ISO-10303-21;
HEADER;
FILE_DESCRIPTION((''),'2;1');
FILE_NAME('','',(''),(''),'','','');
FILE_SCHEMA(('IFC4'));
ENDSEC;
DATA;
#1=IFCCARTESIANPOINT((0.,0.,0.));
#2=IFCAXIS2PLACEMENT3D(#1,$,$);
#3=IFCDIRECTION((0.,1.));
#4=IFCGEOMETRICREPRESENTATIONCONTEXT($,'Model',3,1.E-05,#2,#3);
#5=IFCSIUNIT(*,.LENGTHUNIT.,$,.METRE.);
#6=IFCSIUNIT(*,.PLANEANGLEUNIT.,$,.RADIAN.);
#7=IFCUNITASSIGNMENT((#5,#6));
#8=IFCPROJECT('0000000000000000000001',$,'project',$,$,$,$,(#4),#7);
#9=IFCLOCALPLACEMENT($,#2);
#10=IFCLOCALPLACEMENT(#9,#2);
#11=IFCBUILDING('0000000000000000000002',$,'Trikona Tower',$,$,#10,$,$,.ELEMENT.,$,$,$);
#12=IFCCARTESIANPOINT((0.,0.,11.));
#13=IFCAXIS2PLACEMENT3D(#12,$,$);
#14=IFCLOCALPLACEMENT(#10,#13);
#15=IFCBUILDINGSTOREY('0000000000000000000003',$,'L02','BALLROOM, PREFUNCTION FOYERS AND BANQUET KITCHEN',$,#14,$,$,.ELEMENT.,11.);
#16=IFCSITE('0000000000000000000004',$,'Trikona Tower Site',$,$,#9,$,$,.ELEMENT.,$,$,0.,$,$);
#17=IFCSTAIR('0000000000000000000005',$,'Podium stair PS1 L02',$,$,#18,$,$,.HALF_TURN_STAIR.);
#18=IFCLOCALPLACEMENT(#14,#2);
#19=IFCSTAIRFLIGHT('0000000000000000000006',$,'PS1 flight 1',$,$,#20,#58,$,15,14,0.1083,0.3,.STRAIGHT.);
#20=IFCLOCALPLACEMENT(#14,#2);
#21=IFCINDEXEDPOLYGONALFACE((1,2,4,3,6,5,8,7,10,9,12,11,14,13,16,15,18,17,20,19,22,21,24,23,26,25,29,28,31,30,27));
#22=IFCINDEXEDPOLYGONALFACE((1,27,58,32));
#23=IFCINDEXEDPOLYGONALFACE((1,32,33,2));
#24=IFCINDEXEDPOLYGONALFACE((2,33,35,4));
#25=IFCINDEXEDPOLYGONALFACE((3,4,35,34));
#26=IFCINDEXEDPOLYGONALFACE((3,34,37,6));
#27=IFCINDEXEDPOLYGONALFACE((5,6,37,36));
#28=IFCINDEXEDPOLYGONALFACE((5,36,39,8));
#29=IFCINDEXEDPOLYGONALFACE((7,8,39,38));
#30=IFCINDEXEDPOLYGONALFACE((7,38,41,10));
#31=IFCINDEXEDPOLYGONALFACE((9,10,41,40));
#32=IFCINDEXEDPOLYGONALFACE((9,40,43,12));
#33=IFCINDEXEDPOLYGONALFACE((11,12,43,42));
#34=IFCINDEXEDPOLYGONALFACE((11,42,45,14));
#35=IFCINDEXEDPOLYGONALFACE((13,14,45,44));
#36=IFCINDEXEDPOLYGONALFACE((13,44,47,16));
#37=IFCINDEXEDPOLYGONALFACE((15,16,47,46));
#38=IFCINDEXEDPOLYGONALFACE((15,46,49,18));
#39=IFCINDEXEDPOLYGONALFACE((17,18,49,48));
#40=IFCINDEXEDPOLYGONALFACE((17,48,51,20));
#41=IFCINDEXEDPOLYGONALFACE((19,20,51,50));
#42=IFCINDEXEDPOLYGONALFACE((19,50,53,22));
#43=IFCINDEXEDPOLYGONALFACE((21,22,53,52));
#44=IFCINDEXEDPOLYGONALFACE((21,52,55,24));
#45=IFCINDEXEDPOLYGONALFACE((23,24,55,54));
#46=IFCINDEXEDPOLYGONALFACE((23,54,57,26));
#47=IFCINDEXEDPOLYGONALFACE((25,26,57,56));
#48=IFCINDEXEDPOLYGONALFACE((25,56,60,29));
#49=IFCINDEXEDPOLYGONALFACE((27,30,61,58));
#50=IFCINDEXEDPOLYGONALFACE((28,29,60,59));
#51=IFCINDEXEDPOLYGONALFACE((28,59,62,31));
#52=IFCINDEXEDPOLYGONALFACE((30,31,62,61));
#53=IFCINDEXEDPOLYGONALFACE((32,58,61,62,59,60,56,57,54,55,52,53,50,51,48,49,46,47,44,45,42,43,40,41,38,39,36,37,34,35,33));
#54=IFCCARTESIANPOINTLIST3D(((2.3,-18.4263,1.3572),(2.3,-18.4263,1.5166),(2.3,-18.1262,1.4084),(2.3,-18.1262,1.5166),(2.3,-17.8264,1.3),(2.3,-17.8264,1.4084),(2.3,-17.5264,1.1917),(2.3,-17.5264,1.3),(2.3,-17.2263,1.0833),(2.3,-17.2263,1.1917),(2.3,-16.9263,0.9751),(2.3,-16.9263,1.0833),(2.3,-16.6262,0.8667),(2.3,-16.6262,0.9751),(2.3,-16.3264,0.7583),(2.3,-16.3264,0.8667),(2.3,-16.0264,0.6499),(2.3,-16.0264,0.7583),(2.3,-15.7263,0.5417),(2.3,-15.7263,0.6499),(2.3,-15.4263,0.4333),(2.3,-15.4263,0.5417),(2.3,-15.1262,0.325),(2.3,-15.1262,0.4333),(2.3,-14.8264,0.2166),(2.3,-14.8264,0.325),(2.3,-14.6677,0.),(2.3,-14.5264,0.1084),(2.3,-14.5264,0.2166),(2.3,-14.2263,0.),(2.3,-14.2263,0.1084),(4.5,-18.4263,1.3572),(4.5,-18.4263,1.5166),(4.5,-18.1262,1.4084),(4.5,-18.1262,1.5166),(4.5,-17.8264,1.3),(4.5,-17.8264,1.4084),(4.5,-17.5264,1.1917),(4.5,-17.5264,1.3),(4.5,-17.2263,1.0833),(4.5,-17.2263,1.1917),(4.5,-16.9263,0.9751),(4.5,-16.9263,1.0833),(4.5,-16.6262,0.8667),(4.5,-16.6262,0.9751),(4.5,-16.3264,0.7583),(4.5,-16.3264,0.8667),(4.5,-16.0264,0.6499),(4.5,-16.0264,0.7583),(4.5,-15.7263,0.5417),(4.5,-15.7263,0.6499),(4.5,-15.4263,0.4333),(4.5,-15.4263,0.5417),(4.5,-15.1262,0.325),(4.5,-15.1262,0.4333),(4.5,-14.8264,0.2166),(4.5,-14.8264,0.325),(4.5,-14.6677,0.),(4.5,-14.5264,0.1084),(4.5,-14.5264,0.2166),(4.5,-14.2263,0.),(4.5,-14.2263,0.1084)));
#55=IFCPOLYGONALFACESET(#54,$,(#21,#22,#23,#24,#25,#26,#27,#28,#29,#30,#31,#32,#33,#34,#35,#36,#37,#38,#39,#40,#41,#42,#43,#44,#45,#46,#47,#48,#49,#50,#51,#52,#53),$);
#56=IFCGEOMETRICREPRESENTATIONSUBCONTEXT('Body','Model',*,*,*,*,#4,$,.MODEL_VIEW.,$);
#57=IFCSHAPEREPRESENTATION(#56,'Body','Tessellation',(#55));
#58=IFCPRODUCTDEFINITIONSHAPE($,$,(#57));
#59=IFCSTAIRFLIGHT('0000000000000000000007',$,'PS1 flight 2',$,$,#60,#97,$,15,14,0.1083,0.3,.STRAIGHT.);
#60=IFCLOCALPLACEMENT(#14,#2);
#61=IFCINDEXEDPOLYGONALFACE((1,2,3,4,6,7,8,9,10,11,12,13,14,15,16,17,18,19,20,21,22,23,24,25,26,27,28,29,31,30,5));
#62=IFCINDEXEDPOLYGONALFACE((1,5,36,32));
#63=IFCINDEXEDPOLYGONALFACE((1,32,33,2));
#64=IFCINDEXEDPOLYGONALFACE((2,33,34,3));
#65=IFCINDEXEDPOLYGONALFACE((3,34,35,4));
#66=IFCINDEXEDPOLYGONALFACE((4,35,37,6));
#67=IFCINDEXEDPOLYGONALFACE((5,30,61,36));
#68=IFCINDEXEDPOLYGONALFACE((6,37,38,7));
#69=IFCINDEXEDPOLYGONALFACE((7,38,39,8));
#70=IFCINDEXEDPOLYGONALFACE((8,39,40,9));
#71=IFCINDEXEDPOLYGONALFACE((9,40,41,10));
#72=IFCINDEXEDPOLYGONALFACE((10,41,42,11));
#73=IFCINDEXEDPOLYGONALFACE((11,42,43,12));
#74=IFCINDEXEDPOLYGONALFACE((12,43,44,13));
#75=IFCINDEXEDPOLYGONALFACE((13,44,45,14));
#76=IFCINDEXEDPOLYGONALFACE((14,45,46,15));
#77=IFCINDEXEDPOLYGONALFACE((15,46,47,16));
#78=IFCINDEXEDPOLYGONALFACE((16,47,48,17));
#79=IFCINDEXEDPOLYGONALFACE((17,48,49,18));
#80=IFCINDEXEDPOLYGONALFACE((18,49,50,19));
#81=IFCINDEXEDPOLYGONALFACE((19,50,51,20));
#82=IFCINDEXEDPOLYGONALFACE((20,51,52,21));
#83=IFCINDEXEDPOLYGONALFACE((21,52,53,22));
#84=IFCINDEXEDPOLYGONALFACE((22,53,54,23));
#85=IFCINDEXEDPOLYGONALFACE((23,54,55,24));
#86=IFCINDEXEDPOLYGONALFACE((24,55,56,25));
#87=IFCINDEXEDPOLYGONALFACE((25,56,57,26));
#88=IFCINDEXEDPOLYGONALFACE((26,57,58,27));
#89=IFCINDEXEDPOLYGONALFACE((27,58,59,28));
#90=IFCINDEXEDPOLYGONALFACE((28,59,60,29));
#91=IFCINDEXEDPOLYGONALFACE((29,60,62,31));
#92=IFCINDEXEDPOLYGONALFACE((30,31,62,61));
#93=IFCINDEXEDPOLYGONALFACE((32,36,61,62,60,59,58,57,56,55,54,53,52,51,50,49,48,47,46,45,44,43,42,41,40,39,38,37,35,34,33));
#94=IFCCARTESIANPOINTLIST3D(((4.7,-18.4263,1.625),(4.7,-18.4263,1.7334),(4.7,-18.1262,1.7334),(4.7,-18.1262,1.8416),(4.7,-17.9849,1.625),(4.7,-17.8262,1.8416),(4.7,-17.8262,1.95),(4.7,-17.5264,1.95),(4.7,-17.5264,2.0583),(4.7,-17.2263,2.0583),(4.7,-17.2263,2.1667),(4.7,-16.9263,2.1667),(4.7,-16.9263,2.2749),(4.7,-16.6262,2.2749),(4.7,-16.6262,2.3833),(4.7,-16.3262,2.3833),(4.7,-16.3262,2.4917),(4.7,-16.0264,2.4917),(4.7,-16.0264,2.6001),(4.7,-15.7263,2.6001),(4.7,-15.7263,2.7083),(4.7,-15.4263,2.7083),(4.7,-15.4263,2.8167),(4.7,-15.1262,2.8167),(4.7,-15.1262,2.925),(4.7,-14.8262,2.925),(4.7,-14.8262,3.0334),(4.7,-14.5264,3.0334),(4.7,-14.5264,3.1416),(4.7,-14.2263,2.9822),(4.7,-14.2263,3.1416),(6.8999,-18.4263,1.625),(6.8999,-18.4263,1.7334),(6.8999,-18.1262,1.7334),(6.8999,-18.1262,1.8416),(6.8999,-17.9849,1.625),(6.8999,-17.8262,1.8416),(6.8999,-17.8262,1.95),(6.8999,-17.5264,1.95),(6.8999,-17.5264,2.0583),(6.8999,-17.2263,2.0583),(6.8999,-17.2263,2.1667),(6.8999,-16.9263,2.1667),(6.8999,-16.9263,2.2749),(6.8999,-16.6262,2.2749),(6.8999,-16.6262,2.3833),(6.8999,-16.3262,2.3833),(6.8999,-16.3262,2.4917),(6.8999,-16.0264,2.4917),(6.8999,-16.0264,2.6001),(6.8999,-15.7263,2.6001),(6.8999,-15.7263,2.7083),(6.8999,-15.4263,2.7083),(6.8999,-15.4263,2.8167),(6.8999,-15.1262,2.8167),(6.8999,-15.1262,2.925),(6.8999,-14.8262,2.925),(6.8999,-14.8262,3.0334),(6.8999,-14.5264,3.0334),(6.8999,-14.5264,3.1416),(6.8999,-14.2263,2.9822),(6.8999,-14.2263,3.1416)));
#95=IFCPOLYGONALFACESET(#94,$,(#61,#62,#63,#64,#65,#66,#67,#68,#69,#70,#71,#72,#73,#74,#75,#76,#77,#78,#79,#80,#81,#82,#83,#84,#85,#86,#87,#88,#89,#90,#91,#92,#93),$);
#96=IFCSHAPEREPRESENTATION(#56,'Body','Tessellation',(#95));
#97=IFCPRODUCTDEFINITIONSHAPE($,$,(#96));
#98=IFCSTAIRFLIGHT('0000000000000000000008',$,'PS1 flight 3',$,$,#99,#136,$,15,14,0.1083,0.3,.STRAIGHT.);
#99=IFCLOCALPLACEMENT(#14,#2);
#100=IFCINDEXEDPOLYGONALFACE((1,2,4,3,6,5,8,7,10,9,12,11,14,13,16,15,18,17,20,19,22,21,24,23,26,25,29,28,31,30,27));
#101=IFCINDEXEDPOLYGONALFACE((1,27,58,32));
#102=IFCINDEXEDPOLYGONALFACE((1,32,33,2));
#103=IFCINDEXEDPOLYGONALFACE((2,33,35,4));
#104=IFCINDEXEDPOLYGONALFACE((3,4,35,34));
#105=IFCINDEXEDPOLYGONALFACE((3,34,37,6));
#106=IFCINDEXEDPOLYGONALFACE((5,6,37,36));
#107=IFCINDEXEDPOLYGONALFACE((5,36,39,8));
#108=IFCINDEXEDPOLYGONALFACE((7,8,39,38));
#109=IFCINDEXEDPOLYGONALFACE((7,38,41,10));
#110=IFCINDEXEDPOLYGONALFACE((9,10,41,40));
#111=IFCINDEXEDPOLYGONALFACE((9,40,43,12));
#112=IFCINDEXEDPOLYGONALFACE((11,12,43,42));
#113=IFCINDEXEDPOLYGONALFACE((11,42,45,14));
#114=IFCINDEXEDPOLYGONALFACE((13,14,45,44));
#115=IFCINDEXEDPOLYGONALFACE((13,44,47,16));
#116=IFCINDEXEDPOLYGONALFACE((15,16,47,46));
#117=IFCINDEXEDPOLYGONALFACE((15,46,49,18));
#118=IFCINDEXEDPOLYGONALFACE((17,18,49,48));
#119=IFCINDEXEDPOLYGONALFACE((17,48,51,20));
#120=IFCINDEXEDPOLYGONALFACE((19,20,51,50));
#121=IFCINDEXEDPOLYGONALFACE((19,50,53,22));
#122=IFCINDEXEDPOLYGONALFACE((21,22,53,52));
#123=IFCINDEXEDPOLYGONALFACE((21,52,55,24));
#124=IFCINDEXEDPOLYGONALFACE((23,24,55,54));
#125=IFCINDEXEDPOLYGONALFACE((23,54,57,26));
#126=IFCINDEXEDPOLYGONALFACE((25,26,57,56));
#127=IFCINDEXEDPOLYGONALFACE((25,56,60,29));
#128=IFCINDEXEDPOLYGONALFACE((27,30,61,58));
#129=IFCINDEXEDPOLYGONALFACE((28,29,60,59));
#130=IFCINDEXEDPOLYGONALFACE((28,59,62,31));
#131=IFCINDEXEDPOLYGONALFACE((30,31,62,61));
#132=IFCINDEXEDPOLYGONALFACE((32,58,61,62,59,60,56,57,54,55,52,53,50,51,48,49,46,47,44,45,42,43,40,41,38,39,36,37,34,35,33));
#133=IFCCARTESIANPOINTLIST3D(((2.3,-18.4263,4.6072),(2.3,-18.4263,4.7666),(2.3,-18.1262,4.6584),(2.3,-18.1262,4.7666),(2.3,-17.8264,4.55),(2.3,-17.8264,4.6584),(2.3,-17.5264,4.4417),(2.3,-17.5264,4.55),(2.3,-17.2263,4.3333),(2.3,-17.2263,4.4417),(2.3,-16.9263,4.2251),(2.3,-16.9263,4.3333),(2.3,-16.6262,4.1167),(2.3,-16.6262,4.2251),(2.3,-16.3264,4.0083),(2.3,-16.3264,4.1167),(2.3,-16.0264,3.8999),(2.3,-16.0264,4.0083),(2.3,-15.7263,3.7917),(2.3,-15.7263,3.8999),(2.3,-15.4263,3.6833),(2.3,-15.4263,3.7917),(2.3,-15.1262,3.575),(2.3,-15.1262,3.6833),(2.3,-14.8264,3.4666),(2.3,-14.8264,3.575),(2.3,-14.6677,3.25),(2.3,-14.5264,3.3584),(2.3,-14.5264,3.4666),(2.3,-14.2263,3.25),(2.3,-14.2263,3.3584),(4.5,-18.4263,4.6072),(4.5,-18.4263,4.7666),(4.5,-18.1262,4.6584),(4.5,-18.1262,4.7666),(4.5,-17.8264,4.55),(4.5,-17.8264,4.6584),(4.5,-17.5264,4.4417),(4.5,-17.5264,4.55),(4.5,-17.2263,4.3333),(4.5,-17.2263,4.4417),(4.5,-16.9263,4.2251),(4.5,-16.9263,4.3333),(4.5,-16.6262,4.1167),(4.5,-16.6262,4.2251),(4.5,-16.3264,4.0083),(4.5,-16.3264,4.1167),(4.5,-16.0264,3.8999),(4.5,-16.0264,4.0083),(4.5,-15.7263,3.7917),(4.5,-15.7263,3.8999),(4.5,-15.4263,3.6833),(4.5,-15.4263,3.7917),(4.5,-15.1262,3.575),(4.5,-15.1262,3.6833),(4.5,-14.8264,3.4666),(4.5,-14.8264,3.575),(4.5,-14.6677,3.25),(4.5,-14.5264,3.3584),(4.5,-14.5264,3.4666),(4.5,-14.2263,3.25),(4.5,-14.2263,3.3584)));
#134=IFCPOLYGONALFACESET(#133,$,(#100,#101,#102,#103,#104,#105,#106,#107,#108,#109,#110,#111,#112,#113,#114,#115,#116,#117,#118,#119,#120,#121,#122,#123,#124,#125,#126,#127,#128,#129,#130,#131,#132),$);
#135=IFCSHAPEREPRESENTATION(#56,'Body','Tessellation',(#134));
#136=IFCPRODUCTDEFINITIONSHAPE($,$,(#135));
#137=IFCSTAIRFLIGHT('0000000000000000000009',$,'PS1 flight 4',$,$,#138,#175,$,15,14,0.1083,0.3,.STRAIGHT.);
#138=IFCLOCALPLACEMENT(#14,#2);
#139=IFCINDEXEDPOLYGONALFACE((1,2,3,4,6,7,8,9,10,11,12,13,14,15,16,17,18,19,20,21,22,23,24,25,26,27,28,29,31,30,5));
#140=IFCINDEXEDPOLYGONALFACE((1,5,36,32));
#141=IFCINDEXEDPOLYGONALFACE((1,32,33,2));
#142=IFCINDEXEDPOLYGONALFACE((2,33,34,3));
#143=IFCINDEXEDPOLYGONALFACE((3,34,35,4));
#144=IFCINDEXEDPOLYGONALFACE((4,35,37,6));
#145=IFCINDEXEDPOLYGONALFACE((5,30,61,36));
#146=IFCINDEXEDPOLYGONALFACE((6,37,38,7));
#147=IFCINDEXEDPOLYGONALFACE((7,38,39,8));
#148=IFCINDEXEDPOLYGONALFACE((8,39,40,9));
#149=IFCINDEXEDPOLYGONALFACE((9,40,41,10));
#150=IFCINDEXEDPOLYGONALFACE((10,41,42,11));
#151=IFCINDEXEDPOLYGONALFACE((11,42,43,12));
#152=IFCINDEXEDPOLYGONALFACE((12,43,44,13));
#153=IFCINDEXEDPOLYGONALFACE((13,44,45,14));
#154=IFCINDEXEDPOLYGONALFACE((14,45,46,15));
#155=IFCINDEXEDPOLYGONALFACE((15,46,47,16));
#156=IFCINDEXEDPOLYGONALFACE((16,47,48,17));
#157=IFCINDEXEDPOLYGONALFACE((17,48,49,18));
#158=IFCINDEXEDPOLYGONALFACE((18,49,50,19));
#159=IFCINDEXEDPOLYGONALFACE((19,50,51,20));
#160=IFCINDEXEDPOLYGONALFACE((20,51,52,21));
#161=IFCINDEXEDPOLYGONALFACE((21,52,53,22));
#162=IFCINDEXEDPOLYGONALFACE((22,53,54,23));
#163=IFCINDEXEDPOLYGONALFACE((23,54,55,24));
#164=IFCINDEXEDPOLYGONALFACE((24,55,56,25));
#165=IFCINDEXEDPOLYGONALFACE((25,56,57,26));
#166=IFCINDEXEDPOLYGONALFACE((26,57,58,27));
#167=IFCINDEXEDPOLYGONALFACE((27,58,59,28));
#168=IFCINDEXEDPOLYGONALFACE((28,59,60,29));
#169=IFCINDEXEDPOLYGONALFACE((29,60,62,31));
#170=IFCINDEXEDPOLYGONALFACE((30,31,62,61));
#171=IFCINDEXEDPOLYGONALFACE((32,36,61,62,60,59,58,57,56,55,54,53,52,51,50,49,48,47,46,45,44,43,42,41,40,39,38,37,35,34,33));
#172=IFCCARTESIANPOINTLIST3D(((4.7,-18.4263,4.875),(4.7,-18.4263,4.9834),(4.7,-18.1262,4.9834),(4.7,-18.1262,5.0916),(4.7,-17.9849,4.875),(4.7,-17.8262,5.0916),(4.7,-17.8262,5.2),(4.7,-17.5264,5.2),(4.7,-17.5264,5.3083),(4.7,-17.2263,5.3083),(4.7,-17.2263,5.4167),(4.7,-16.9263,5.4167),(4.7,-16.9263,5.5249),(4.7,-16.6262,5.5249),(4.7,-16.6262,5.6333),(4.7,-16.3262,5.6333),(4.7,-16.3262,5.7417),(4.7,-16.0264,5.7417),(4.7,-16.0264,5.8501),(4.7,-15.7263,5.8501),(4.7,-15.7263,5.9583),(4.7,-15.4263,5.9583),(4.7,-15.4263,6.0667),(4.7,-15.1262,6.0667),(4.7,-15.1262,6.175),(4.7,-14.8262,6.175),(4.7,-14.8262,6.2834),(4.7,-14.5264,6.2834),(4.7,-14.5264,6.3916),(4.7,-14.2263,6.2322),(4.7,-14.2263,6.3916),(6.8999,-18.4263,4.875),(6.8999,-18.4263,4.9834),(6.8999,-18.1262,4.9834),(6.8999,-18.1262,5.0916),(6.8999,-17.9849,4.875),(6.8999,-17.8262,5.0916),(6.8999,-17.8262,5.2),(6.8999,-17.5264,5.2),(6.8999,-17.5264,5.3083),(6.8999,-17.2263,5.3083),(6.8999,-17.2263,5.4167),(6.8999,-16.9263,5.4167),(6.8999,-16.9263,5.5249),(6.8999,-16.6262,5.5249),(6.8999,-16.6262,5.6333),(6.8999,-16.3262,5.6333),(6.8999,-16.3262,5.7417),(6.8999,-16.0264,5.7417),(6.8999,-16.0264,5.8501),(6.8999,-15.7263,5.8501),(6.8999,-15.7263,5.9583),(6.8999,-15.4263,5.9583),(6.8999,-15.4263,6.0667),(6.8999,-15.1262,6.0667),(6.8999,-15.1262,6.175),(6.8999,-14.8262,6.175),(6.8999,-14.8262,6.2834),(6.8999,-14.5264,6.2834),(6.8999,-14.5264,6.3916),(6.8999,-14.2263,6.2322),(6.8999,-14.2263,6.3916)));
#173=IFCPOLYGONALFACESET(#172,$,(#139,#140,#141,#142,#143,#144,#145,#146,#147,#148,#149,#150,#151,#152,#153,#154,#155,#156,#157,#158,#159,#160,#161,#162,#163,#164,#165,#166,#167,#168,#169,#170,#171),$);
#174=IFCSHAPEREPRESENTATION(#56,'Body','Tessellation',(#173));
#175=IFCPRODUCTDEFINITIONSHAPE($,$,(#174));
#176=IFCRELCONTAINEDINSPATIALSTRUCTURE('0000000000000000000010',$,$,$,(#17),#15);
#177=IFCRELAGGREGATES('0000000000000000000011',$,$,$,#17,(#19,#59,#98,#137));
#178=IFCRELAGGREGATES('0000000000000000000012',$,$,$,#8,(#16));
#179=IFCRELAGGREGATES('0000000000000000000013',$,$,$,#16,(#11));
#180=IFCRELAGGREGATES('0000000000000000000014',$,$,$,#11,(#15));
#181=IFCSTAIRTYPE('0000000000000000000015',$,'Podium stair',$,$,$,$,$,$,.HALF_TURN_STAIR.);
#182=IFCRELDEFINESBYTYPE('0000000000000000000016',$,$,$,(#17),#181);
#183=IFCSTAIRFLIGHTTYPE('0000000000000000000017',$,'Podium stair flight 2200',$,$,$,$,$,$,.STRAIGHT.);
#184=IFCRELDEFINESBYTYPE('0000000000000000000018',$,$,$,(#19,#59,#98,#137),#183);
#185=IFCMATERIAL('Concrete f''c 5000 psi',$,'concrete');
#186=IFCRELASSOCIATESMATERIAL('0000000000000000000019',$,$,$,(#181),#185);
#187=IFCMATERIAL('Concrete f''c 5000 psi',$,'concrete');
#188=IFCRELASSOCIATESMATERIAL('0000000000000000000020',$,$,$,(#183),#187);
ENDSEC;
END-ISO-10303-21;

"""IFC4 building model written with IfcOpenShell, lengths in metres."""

from ifc_helpers import new_model, si_unit, direction, frame, origin, place, context, subcontext, project, spatial, polyline, outline, extrude, material, type_object, element, aggregate, save


model = new_model("IFC4")

# Units and contexts
model_context = context("Model", 3, precision=1e-05, world=origin(), true_north=direction((0.0, 1.0)))
body_context = subcontext(model_context, "Body", "Model", "MODEL_VIEW")
ifc_project = project(units=[si_unit("LENGTHUNIT", "METRE"), si_unit("PLANEANGLEUNIT", "RADIAN")], contexts=[model_context])

# Site, building, storey
site_placement = place(None, origin())
site = spatial("IfcSite", under=ifc_project, at=site_placement, Name="Trikona Tower Site", CompositionType="ELEMENT", RefElevation=0.0)
building_placement = place(site_placement, origin())
building = spatial("IfcBuilding", under=site, at=building_placement, Name="Trikona Tower", CompositionType="ELEMENT")
storey_placement = place(building_placement, frame((0.0, 0.0, 11.0)))
storey = spatial("IfcBuildingStorey", under=building, at=storey_placement, Name="L02", Description="BALLROOM, PREFUNCTION FOYERS AND BANQUET KITCHEN", CompositionType="ELEMENT", Elevation=11.0)

# Stair, stair flights
ifc_material_1 = material(Name="Concrete f'c 5000 psi", Category="concrete")
stair_type = type_object("IfcStairType", Name="Podium stair", PredefinedType="HALF_TURN_STAIR", material=ifc_material_1)
stair_placement = place(storey_placement, origin())
stair = element("IfcStair", 1, at=stair_placement, inside=storey, type_object=stair_type, Name="Podium stair PS1 L02", PredefinedType="HALF_TURN_STAIR")
ifc_material_2 = material(Name="Concrete f'c 5000 psi", Category="concrete")
stair_flight_type = type_object("IfcStairFlightType", Name="Podium stair flight 2200", PredefinedType="STRAIGHT", material=ifc_material_2)
stair_flight_1_placement = place(storey_placement, frame((3.3999, -14.2263, 0.0), z_axis=(0.0, 0.0, 1.0), x_axis=(0.0, -1.0, 0.0)))
stair_flight_1 = element("IfcStairFlight", 2, at=stair_flight_1_placement, type_object=stair_flight_type, Name="PS1 flight 1", NumberOfRisers=15, NumberOfTreads=14, PredefinedType="STRAIGHT", RiserHeight=0.1083, TreadLength=0.3, context=body_context, shape_type="SweptSolid", body=[
    extrude(outline(polyline([(0.0, 0.0), (0.0, 0.1084), (0.3, 0.1084), (0.3, 0.2166), (0.6001, 0.2166), (0.6001, 0.325), (0.8999, 0.325), (0.8999, 0.4333), (1.2, 0.4333), (1.2, 0.5417), (1.5, 0.5417), (1.5, 0.6499), (1.8, 0.6499), (1.8, 0.7583), (2.1001, 0.7583), (2.1001, 0.8667), (2.3999, 0.8667), (2.3999, 0.9751), (2.7, 0.9751), (2.7, 1.0833), (3.0, 1.0833), (3.0, 1.1917), (3.3, 1.1917), (3.3, 1.3), (3.6001, 1.3), (3.6001, 1.4084), (3.8999, 1.4084), (3.8999, 1.5166), (4.2, 1.5166), (4.2, 1.625), (4.2, 1.3572), (0.4414, 0.0), (0.0, 0.0)])), frame((0.0, 1.1001, 0.0), z_axis=(0.0, -1.0, 0.0), x_axis=(1.0, 0.0, 0.0)), (0.0, 0.0, 1.0), 2.2),
])
stair_flight_2_placement = place(storey_placement, frame((5.8, -18.4263, 1.625), z_axis=(0.0, 0.0, 1.0), x_axis=(0.0, 1.0, 0.0)))
stair_flight_2 = element("IfcStairFlight", 3, at=stair_flight_2_placement, type_object=stair_flight_type, Name="PS1 flight 2", NumberOfRisers=15, NumberOfTreads=14, PredefinedType="STRAIGHT", RiserHeight=0.1083, TreadLength=0.3, context=body_context, shape_type="SweptSolid", body=[
    extrude(outline(polyline([(0.0, 0.0), (0.0, 0.1084), (0.3, 0.1084), (0.3, 0.2166), (0.6001, 0.2166), (0.6001, 0.325), (0.8999, 0.325), (0.8999, 0.4333), (1.2, 0.4333), (1.2, 0.5417), (1.5, 0.5417), (1.5, 0.6499), (1.8, 0.6499), (1.8, 0.7583), (2.1001, 0.7583), (2.1001, 0.8667), (2.3999, 0.8667), (2.3999, 0.9751), (2.7, 0.9751), (2.7, 1.0833), (3.0, 1.0833), (3.0, 1.1917), (3.3, 1.1917), (3.3, 1.3), (3.6001, 1.3), (3.6001, 1.4084), (3.8999, 1.4084), (3.8999, 1.5166), (4.2, 1.5166), (4.2, 1.625), (4.2, 1.3572), (0.4414, 0.0), (0.0, 0.0)])), frame((0.0, 1.1001, 0.0), z_axis=(0.0, -1.0, 0.0), x_axis=(1.0, 0.0, 0.0)), (0.0, 0.0, 1.0), 2.2),
])
stair_flight_3_placement = place(storey_placement, frame((3.3999, -14.2263, 3.25), z_axis=(0.0, 0.0, 1.0), x_axis=(0.0, -1.0, 0.0)))
stair_flight_3 = element("IfcStairFlight", 4, at=stair_flight_3_placement, type_object=stair_flight_type, Name="PS1 flight 3", NumberOfRisers=15, NumberOfTreads=14, PredefinedType="STRAIGHT", RiserHeight=0.1083, TreadLength=0.3, context=body_context, shape_type="SweptSolid", body=[
    extrude(outline(polyline([(0.0, 0.0), (0.0, 0.1084), (0.3, 0.1084), (0.3, 0.2166), (0.6001, 0.2166), (0.6001, 0.325), (0.8999, 0.325), (0.8999, 0.4333), (1.2, 0.4333), (1.2, 0.5417), (1.5, 0.5417), (1.5, 0.6499), (1.8, 0.6499), (1.8, 0.7583), (2.1001, 0.7583), (2.1001, 0.8667), (2.3999, 0.8667), (2.3999, 0.9751), (2.7, 0.9751), (2.7, 1.0833), (3.0, 1.0833), (3.0, 1.1917), (3.3, 1.1917), (3.3, 1.3), (3.6001, 1.3), (3.6001, 1.4084), (3.8999, 1.4084), (3.8999, 1.5166), (4.2, 1.5166), (4.2, 1.625), (4.2, 1.3572), (0.4414, 0.0), (0.0, 0.0)])), frame((0.0, 1.1001, 0.0), z_axis=(0.0, -1.0, 0.0), x_axis=(1.0, 0.0, 0.0)), (0.0, 0.0, 1.0), 2.2),
])
stair_flight_4_placement = place(storey_placement, frame((5.8, -18.4263, 4.875), z_axis=(0.0, 0.0, 1.0), x_axis=(0.0, 1.0, 0.0)))
stair_flight_4 = element("IfcStairFlight", 5, at=stair_flight_4_placement, type_object=stair_flight_type, Name="PS1 flight 4", NumberOfRisers=15, NumberOfTreads=14, PredefinedType="STRAIGHT", RiserHeight=0.1083, TreadLength=0.3, context=body_context, shape_type="SweptSolid", body=[
    extrude(outline(polyline([(0.0, 0.0), (0.0, 0.1084), (0.3, 0.1084), (0.3, 0.2166), (0.6001, 0.2166), (0.6001, 0.325), (0.8999, 0.325), (0.8999, 0.4333), (1.2, 0.4333), (1.2, 0.5417), (1.5, 0.5417), (1.5, 0.6499), (1.8, 0.6499), (1.8, 0.7583), (2.1001, 0.7583), (2.1001, 0.8667), (2.3999, 0.8667), (2.3999, 0.9751), (2.7, 0.9751), (2.7, 1.0833), (3.0, 1.0833), (3.0, 1.1917), (3.3, 1.1917), (3.3, 1.3), (3.6001, 1.3), (3.6001, 1.4084), (3.8999, 1.4084), (3.8999, 1.5166), (4.2, 1.5166), (4.2, 1.625), (4.2, 1.3572), (0.4414, 0.0), (0.0, 0.0)])), frame((0.0, 1.1001, 0.0), z_axis=(0.0, -1.0, 0.0), x_axis=(1.0, 0.0, 0.0)), (0.0, 0.0, 1.0), 2.2),
])
aggregate(stair, [stair_flight_1, stair_flight_2, stair_flight_3, stair_flight_4])

save(model, "model.ifc")
